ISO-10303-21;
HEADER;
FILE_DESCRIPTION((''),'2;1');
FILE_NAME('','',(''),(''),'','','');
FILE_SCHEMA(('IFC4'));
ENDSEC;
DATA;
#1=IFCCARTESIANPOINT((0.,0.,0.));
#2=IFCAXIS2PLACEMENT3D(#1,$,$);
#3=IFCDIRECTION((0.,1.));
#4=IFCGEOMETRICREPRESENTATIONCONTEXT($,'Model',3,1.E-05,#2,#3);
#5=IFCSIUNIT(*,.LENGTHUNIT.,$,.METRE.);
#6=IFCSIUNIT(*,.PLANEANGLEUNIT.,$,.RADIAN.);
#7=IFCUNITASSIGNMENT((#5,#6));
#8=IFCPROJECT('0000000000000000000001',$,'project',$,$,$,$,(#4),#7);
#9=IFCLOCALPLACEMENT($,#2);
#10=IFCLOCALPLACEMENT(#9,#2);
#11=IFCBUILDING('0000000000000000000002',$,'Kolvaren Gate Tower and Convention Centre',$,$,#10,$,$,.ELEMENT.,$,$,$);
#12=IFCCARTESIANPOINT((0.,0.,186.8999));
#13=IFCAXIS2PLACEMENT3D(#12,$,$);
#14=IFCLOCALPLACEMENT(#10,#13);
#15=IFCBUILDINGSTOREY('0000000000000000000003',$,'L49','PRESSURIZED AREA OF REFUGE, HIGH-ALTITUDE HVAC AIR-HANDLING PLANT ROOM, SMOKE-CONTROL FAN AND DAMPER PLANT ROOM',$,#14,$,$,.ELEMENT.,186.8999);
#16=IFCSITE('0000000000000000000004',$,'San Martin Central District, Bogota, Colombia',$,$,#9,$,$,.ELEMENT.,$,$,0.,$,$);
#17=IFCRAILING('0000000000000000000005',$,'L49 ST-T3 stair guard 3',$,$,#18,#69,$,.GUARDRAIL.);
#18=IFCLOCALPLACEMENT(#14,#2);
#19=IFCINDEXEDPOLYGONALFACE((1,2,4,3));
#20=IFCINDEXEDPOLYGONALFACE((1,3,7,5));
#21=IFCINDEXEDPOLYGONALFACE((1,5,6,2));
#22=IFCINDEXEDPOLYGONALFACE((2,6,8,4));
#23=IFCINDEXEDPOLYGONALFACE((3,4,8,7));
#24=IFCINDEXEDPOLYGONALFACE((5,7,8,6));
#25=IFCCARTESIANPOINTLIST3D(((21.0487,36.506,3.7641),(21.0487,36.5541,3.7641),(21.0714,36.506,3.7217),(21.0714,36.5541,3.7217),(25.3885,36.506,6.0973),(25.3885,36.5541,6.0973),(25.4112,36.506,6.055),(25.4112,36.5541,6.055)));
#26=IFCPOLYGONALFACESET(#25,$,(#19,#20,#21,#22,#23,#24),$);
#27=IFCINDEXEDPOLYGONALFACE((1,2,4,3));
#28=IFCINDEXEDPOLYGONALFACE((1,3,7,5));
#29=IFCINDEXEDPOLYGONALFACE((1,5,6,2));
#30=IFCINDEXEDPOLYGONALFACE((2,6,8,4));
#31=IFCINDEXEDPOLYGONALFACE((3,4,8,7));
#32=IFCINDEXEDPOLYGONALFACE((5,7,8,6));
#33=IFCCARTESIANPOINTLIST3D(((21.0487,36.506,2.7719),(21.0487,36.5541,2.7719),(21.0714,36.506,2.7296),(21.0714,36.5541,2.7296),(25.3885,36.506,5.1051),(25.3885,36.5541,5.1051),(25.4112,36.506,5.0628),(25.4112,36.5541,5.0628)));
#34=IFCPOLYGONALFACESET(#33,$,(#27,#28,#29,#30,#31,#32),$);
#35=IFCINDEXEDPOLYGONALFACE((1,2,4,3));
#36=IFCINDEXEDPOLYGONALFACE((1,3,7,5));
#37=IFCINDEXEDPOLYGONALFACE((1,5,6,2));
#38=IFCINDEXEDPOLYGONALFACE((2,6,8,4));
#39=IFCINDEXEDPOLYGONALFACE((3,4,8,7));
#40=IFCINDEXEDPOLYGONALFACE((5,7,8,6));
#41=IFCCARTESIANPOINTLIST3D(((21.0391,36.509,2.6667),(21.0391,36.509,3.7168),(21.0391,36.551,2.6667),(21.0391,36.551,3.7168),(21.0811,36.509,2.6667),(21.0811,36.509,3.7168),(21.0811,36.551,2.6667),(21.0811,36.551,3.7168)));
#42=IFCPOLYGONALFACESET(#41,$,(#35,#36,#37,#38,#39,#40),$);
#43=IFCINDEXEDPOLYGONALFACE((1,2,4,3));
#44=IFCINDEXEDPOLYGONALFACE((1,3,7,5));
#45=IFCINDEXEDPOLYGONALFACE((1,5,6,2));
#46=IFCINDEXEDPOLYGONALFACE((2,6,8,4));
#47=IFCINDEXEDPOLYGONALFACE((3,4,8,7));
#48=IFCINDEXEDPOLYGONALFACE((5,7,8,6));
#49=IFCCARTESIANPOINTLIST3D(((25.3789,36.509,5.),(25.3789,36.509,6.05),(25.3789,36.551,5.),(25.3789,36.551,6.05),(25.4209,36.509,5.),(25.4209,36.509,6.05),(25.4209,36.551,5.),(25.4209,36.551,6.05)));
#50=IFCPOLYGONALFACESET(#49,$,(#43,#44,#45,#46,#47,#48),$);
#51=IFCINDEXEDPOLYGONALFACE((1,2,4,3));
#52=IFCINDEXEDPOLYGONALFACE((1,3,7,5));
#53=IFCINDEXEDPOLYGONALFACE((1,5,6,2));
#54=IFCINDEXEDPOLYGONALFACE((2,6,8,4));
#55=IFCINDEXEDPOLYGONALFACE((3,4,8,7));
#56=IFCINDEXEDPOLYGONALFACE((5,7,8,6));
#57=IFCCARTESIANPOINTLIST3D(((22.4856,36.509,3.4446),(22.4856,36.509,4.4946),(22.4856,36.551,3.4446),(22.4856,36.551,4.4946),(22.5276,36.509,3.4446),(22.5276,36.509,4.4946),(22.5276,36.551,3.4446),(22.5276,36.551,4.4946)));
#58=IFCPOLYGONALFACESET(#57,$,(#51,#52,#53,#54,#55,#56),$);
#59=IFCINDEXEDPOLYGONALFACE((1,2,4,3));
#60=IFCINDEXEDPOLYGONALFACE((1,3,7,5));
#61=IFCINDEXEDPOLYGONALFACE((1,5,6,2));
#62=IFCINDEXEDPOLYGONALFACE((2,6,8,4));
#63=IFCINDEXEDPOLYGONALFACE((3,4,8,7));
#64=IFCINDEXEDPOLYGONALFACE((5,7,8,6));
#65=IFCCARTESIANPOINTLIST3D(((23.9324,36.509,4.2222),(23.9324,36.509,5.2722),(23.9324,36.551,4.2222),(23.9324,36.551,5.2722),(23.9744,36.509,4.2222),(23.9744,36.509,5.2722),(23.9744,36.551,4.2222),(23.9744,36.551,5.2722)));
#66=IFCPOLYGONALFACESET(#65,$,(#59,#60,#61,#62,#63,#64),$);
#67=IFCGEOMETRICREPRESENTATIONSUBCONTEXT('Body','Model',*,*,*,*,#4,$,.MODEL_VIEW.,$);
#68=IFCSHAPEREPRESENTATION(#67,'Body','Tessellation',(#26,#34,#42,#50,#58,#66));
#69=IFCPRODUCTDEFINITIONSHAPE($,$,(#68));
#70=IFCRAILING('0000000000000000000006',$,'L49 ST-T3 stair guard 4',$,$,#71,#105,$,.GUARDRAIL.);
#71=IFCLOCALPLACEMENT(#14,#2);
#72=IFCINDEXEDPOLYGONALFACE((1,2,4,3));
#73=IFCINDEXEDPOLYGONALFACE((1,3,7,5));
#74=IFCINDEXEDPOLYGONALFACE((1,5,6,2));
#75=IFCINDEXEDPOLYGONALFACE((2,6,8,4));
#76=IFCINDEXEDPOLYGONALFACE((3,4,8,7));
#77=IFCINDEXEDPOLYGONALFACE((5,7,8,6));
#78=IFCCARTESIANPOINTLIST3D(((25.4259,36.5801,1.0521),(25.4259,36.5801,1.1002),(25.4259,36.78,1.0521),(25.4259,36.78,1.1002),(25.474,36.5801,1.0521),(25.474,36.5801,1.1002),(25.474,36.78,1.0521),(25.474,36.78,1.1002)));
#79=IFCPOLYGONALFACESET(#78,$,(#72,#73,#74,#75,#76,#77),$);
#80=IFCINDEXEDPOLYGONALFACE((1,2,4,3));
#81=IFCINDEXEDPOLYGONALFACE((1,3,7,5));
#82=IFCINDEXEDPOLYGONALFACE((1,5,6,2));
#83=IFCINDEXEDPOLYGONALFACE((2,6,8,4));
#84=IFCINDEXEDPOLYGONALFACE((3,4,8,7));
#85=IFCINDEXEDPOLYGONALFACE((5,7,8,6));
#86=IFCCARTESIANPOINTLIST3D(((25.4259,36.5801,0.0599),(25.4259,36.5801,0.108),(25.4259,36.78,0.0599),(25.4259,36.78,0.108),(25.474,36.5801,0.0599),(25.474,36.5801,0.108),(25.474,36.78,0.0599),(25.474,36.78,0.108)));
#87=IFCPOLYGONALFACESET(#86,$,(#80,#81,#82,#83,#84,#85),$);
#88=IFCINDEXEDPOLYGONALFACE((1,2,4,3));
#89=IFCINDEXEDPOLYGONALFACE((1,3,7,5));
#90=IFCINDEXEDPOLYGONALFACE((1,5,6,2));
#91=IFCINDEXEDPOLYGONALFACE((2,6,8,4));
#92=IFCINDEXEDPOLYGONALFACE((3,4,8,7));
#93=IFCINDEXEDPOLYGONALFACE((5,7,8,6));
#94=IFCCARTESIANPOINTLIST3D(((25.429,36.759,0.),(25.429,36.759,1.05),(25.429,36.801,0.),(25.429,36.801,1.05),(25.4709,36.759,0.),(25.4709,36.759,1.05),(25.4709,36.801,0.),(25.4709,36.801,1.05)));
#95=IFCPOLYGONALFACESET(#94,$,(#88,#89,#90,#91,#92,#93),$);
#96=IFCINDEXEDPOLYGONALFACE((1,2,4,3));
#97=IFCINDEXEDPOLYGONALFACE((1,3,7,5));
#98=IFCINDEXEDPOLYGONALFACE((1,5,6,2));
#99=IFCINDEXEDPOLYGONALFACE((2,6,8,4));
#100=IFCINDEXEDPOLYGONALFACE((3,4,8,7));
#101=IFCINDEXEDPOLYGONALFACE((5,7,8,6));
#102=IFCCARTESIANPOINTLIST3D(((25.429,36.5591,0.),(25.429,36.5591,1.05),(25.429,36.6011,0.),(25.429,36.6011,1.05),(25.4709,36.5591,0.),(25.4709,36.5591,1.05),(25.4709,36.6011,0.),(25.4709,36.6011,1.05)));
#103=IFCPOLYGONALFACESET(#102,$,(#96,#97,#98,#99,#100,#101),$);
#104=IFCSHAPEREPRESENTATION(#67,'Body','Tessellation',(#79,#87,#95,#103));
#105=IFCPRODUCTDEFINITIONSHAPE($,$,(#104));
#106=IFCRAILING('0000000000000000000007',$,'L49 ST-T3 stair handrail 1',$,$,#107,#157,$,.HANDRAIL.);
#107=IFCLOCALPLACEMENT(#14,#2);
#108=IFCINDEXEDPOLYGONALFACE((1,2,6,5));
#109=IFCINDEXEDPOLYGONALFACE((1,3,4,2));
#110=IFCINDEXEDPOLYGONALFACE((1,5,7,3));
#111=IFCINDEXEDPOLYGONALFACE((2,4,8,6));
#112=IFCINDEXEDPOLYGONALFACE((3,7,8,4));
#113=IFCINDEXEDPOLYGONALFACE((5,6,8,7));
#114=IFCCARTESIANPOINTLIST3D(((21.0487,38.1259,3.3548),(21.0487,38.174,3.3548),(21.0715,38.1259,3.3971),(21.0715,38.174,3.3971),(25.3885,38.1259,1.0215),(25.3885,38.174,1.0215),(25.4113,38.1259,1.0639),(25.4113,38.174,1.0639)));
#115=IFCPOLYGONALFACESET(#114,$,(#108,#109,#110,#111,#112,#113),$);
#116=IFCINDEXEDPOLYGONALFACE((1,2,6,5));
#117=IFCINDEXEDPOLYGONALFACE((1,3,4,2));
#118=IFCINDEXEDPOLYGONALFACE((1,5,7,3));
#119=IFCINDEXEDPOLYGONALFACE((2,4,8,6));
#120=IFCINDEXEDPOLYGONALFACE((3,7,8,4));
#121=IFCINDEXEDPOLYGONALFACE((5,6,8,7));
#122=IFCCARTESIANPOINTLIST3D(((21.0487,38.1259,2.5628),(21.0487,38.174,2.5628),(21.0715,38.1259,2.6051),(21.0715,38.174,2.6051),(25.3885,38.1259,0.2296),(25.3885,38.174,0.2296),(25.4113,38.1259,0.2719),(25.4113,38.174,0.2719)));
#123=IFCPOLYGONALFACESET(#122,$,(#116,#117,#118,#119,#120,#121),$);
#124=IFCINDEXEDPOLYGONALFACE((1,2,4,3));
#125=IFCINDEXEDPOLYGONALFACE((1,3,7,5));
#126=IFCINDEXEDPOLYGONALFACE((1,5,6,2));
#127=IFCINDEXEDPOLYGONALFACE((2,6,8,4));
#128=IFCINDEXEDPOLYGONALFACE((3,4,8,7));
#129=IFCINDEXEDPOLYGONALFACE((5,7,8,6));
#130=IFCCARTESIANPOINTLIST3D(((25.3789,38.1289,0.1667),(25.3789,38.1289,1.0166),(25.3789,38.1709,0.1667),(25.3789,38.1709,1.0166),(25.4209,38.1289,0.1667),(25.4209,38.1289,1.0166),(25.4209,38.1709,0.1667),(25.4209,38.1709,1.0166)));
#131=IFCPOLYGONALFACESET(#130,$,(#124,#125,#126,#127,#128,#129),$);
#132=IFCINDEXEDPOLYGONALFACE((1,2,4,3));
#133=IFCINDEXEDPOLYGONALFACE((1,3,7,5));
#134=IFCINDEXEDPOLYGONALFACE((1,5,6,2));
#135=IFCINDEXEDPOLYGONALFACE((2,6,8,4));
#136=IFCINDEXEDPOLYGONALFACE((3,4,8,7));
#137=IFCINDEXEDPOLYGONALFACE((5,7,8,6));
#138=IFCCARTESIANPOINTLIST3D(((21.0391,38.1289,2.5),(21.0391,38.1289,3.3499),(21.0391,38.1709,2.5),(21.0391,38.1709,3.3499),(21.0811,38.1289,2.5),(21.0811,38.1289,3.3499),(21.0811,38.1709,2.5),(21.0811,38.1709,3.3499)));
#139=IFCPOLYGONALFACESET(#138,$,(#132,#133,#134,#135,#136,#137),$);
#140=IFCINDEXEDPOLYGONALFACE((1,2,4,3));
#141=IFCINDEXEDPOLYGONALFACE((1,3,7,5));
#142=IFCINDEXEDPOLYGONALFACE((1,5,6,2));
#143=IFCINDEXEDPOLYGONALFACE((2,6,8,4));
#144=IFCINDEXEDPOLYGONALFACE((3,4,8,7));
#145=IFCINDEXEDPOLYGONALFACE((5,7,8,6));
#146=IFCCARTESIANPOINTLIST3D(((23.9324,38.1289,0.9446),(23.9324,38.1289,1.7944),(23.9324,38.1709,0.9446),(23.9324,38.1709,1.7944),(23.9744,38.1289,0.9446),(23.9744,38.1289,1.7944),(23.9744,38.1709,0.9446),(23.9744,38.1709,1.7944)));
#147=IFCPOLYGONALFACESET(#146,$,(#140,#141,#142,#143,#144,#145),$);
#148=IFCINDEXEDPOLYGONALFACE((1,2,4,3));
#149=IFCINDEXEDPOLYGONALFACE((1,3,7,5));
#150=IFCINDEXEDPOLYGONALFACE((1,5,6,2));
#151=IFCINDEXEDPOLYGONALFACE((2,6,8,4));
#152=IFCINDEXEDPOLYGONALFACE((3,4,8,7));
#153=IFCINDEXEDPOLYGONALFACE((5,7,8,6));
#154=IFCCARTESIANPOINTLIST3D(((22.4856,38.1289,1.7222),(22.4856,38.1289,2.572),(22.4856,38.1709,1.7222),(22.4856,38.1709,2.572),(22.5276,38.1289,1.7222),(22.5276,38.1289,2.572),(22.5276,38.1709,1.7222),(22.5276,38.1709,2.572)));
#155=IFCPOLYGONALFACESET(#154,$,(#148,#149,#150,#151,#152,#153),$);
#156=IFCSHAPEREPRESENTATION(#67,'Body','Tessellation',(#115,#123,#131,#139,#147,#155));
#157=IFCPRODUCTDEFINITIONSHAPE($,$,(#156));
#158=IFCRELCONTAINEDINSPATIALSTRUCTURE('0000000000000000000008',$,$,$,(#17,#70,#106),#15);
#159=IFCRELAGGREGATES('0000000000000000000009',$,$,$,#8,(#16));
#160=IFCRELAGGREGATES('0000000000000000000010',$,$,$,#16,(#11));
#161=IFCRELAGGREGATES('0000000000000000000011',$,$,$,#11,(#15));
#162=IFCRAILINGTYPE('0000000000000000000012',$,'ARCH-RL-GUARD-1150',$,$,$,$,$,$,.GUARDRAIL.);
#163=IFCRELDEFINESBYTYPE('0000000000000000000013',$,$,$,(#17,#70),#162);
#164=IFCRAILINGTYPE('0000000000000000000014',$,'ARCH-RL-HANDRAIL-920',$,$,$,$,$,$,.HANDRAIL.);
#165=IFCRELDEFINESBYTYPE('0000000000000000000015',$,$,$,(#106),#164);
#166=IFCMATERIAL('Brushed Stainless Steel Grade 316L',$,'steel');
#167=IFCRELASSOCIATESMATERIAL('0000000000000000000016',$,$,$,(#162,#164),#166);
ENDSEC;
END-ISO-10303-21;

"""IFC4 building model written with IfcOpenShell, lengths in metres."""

from ifc_helpers import new_model, si_unit, direction, frame, origin, origin_2d, place, context, subcontext, project, spatial, rectangle, extrude, material, type_object, element, save


model = new_model("IFC4")

# Units and contexts
model_context = context("Model", 3, precision=1e-05, world=origin(), true_north=direction((0.0, 1.0)))
body_context = subcontext(model_context, "Body", "Model", "MODEL_VIEW")
ifc_project = project(units=[si_unit("LENGTHUNIT", "METRE"), si_unit("PLANEANGLEUNIT", "RADIAN")], contexts=[model_context])

# Site, building, storey
site_placement = place(None, origin())
site = spatial("IfcSite", under=ifc_project, at=site_placement, Name="San Martin Central District, Bogota, Colombia", CompositionType="ELEMENT", RefElevation=0.0)
building_placement = place(site_placement, origin())
building = spatial("IfcBuilding", under=site, at=building_placement, Name="Kolvaren Gate Tower and Convention Centre", CompositionType="ELEMENT")
storey_placement = place(building_placement, frame((0.0, 0.0, 186.8999)))
storey = spatial("IfcBuildingStorey", under=building, at=storey_placement, Name="L49", Description="PRESSURIZED AREA OF REFUGE, HIGH-ALTITUDE HVAC AIR-HANDLING PLANT ROOM, SMOKE-CONTROL FAN AND DAMPER PLANT ROOM", CompositionType="ELEMENT", Elevation=186.8999)

# Railings
ifc_material_1 = material(Name="Brushed Stainless Steel Grade 316L", Category="steel")
railing_type_1 = type_object("IfcRailingType", Name="ARCH-RL-GUARD-1150", PredefinedType="GUARDRAIL", material=ifc_material_1)
railing_1_placement = place(storey_placement, frame((21.0601, 36.53, 2.6667)))
element("IfcRailing", 1, at=railing_1_placement, inside=storey, type_object=railing_type_1, Name="L49 ST-T3 stair guard 3", PredefinedType="GUARDRAIL", context=body_context, shape_type="SweptSolid", body=[
    extrude(rectangle(XDim=0.0481, YDim=0.0481, at=origin_2d()), frame((0.0, 0.0, 1.0762), z_axis=(0.880775, 0.0, 0.473535), x_axis=(0.0, 1.0, 0.0)), (0.0, 0.0, 1.0), 4.9272),
    extrude(rectangle(XDim=0.0481, YDim=0.0481, at=origin_2d()), frame((0.0, 0.0, 0.084), z_axis=(0.880775, 0.0, 0.473535), x_axis=(0.0, 1.0, 0.0)), (0.0, 0.0, 1.0), 4.9272),
    extrude(rectangle(XDim=0.042, YDim=0.042, at=origin_2d()), origin(), (0.0, 0.0, 1.0), 1.05),
    extrude(rectangle(XDim=0.042, YDim=0.042, at=origin_2d()), frame((4.3398, 0.0, 2.3333)), (0.0, 0.0, 1.0), 1.05),
    extrude(rectangle(XDim=0.042, YDim=0.042, at=origin_2d()), frame((1.4465, 0.0, 0.7778)), (0.0, 0.0, 1.0), 1.05),
    extrude(rectangle(XDim=0.042, YDim=0.042, at=origin_2d()), frame((2.8933, 0.0, 1.5554)), (0.0, 0.0, 1.0), 1.05),
])
railing_2_placement = place(storey_placement, frame((25.45, 36.78, 0.0)))
element("IfcRailing", 2, at=railing_2_placement, inside=storey, type_object=railing_type_1, Name="L49 ST-T3 stair guard 4", PredefinedType="GUARDRAIL", context=body_context, shape_type="SweptSolid", body=[
    extrude(rectangle(XDim=0.0481, YDim=0.0481, at=origin_2d()), frame((0.0, 0.0, 1.0762), z_axis=(0.0, -1.0, 0.0), x_axis=(1.0, 0.0, 0.0)), (0.0, 0.0, 1.0), 0.2),
    extrude(rectangle(XDim=0.0481, YDim=0.0481, at=origin_2d()), frame((0.0, 0.0, 0.084), z_axis=(0.0, -1.0, 0.0), x_axis=(1.0, 0.0, 0.0)), (0.0, 0.0, 1.0), 0.2),
    extrude(rectangle(XDim=0.042, YDim=0.042, at=origin_2d()), origin(), (0.0, 0.0, 1.0), 1.05),
    extrude(rectangle(XDim=0.042, YDim=0.042, at=origin_2d()), frame((0.0, -0.2, 0.0)), (0.0, 0.0, 1.0), 1.05),
])
railing_type_2 = type_object("IfcRailingType", Name="ARCH-RL-HANDRAIL-920", PredefinedType="HANDRAIL", material=ifc_material_1)
railing_3_placement = place(storey_placement, frame((25.3999, 38.1499, 0.1667)))
element("IfcRailing", 3, at=railing_3_placement, inside=storey, type_object=railing_type_2, Name="L49 ST-T3 stair handrail 1", PredefinedType="HANDRAIL", context=body_context, shape_type="SweptSolid", body=[
    extrude(rectangle(XDim=0.0481, YDim=0.0481, at=origin_2d()), frame((0.0, 0.0, 0.876), z_axis=(-0.880775, 0.0, 0.473535), x_axis=(0.0, -1.0, 0.0)), (0.0, 0.0, 1.0), 4.9272),
    extrude(rectangle(XDim=0.0481, YDim=0.0481, at=origin_2d()), frame((0.0, 0.0, 0.084), z_axis=(-0.880775, 0.0, 0.473535), x_axis=(0.0, -1.0, 0.0)), (0.0, 0.0, 1.0), 4.9272),
    extrude(rectangle(XDim=0.042, YDim=0.042, at=origin_2d()), origin(), (0.0, 0.0, 1.0), 0.8499),
    extrude(rectangle(XDim=0.042, YDim=0.042, at=origin_2d()), frame((-4.3398, 0.0, 2.3333)), (0.0, 0.0, 1.0), 0.8499),
    extrude(rectangle(XDim=0.042, YDim=0.042, at=origin_2d()), frame((-1.4465, 0.0, 0.7778)), (0.0, 0.0, 1.0), 0.8499),
    extrude(rectangle(XDim=0.042, YDim=0.042, at=origin_2d()), frame((-2.8933, 0.0, 1.5554)), (0.0, 0.0, 1.0), 0.8499),
])

save(model, "model.ifc")
